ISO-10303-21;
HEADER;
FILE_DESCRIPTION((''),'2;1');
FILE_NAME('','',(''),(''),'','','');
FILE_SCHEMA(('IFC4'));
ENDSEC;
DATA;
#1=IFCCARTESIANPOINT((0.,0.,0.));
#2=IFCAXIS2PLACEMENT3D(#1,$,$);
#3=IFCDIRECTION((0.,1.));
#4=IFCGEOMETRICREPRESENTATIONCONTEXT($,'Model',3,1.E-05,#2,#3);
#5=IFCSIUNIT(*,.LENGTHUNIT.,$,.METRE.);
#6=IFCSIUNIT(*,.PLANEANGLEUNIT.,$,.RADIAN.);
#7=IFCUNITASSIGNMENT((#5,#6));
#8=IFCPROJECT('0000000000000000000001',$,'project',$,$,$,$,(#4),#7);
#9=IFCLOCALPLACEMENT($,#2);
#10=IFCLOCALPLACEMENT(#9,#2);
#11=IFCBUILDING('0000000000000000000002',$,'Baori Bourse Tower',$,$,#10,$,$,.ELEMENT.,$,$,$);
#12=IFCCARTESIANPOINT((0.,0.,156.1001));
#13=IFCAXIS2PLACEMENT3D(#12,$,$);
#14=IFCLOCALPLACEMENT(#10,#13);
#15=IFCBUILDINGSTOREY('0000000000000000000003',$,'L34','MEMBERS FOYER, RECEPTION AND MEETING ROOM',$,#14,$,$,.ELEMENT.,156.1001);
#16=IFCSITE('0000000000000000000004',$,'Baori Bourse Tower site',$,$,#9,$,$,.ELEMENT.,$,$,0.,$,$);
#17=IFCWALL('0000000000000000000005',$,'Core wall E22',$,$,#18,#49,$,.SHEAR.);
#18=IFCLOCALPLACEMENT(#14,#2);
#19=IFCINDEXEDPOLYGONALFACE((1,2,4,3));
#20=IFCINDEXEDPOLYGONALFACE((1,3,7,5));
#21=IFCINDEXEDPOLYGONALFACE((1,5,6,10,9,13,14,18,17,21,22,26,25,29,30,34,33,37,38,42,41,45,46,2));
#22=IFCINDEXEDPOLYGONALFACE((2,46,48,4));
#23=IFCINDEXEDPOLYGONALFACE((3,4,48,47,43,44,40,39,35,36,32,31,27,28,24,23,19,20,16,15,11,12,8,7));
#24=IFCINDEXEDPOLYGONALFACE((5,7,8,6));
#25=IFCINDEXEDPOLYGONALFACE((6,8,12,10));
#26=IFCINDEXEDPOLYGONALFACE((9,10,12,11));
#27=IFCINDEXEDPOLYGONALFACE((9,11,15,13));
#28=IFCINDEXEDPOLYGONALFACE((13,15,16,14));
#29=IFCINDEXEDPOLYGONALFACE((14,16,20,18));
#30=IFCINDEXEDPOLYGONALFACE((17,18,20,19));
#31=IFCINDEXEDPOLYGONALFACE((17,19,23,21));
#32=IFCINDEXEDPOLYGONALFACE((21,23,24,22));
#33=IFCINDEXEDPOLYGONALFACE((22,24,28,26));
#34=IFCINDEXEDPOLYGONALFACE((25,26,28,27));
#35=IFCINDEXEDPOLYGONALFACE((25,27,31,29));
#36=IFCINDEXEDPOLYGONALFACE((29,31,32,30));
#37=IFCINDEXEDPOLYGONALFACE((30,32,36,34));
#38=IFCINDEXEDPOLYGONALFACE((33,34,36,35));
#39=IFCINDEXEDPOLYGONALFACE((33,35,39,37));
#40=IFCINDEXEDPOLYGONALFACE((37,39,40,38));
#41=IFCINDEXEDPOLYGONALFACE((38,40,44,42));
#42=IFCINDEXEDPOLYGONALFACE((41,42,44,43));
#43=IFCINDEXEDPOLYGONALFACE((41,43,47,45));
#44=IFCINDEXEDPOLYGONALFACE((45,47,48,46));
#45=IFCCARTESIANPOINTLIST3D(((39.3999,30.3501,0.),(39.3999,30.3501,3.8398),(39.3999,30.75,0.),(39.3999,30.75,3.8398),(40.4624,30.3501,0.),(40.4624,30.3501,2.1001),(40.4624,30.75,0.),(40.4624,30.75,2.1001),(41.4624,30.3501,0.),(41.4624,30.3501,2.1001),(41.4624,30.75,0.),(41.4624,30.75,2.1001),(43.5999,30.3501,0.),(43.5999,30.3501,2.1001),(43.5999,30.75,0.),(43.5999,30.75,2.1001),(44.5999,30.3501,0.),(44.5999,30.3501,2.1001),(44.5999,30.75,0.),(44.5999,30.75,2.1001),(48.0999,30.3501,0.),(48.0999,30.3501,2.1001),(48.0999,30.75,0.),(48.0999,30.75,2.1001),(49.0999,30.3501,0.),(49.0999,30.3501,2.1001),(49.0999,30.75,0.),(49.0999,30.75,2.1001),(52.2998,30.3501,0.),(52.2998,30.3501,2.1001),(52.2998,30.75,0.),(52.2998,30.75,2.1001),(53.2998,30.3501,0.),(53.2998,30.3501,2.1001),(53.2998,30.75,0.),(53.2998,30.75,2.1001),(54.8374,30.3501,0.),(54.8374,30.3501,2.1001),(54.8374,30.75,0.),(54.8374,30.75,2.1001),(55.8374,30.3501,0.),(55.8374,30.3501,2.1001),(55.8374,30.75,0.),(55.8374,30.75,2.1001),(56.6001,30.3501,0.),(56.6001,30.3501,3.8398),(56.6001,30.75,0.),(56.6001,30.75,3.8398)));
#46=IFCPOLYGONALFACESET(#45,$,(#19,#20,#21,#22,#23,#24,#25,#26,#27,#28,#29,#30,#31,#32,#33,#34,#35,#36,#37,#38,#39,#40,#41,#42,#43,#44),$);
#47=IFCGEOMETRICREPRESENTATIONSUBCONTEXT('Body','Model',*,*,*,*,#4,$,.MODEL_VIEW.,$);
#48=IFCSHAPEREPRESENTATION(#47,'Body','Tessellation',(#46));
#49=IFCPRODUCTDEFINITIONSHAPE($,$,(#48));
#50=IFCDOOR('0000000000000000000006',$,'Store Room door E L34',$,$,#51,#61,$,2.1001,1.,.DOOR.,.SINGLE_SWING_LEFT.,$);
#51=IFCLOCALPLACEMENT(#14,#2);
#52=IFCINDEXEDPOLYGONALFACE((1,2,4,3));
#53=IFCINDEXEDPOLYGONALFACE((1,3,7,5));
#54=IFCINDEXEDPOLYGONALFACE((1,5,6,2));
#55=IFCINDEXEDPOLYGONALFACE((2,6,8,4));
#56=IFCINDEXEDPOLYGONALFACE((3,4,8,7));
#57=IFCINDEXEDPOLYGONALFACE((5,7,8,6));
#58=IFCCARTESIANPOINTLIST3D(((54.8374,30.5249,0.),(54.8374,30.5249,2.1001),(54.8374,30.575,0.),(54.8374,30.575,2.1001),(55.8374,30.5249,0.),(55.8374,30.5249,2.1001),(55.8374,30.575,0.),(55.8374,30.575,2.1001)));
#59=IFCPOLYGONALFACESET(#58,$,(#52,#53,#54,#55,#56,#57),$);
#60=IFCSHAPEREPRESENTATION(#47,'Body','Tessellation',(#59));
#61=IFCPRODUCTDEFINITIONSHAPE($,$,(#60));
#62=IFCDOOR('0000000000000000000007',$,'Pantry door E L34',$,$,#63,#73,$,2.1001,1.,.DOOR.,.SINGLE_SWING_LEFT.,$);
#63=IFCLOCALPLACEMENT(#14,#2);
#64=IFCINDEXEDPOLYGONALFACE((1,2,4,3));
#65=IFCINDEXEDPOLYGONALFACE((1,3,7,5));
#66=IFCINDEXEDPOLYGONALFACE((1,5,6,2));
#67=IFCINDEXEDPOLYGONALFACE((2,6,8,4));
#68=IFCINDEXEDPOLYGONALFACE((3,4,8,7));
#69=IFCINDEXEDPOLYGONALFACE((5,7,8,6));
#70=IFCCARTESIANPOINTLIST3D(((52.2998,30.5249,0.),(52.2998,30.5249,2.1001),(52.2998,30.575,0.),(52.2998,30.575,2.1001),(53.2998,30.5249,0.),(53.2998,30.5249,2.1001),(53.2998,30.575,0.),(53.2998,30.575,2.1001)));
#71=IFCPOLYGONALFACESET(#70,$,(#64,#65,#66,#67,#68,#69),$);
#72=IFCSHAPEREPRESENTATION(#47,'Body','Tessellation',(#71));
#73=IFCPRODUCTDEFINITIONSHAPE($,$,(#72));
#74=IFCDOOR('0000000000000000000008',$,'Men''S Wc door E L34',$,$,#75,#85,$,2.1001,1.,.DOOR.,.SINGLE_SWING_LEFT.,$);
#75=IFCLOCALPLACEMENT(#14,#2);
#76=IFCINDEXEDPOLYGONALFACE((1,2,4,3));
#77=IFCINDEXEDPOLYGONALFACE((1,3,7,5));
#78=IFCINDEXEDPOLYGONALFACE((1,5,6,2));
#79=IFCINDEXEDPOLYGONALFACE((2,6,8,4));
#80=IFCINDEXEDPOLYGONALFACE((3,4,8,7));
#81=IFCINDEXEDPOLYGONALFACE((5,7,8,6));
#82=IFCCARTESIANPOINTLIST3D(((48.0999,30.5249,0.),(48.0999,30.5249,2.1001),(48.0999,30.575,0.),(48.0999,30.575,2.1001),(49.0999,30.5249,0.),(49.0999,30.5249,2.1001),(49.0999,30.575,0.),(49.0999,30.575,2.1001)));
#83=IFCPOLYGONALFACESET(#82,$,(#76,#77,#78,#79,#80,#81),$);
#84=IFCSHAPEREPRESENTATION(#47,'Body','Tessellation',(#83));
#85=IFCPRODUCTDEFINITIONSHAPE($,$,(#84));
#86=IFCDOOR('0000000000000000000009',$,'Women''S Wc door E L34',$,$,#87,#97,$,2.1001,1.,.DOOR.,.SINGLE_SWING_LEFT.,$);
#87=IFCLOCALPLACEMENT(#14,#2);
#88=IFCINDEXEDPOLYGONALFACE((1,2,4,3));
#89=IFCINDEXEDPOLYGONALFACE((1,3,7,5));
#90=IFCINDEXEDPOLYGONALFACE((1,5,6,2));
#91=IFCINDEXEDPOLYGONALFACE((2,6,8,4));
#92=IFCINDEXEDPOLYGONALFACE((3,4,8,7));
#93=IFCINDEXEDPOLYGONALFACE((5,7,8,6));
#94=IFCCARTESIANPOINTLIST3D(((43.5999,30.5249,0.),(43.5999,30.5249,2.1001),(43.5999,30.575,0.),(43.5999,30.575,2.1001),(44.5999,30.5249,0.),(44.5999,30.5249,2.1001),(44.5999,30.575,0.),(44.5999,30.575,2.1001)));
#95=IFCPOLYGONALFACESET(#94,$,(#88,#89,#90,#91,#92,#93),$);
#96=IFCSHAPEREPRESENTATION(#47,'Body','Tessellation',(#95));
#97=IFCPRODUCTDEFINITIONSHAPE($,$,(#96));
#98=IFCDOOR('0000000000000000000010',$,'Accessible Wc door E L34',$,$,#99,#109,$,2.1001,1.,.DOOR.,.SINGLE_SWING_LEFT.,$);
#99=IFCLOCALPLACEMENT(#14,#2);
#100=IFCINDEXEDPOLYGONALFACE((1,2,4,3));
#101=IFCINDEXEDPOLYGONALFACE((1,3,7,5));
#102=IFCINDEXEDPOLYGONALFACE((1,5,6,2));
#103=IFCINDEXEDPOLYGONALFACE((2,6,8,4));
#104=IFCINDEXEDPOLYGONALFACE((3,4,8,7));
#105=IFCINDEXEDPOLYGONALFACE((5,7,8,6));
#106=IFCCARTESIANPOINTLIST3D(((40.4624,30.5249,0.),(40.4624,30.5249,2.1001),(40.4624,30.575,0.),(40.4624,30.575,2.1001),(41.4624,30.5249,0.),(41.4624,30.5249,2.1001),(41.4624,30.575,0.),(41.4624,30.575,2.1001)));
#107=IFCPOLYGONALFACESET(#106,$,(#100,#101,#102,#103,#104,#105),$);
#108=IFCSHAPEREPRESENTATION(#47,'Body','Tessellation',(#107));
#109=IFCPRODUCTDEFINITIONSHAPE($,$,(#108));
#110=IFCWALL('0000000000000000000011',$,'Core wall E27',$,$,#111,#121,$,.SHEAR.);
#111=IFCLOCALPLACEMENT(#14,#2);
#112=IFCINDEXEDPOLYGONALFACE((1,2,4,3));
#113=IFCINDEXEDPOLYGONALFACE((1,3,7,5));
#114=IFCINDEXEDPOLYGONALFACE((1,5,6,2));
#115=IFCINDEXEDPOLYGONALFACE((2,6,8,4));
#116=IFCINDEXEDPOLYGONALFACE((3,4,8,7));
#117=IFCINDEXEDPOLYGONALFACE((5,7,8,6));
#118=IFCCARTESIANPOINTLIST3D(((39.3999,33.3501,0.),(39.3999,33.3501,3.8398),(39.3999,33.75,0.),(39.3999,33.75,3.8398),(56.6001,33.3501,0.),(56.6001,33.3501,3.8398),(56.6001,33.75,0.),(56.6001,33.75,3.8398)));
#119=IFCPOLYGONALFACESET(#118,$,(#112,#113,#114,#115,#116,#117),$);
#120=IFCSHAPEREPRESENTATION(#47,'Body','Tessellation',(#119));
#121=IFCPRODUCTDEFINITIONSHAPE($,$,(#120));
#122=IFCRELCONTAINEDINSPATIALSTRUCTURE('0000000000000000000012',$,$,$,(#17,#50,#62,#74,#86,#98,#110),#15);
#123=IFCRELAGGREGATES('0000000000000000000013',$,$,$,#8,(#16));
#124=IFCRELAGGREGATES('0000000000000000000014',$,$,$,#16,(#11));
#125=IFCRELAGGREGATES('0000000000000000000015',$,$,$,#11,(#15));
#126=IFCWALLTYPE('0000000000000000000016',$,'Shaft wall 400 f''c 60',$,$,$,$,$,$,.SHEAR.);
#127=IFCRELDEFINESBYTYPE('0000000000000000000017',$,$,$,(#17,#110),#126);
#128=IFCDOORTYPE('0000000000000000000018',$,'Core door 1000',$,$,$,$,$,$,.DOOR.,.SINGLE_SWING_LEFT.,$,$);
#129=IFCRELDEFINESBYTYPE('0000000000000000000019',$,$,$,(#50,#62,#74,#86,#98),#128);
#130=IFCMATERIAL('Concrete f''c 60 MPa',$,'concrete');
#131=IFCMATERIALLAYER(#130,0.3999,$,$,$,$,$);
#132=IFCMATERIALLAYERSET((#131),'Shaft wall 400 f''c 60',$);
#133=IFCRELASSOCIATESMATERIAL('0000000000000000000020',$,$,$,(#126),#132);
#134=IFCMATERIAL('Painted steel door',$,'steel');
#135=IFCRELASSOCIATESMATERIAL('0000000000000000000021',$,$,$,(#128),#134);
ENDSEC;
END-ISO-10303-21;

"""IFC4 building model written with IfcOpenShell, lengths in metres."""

from ifc_helpers import new_model, si_unit, direction, frame, frame_2d, origin, place, context, subcontext, project, spatial, rectangle, extrude, material, layer, layer_set, type_object, element, fill, save


model = new_model("IFC4")

# Units and contexts
model_context = context("Model", 3, precision=1e-05, world=origin(), true_north=direction((0.0, 1.0)))
body_context = subcontext(model_context, "Body", "Model", "MODEL_VIEW")
ifc_project = project(units=[si_unit("LENGTHUNIT", "METRE"), si_unit("PLANEANGLEUNIT", "RADIAN")], contexts=[model_context])

# Site, building, storey
site_placement = place(None, origin())
site = spatial("IfcSite", under=ifc_project, at=site_placement, Name="Baori Bourse Tower site", CompositionType="ELEMENT", RefElevation=0.0)
building_placement = place(site_placement, origin())
building = spatial("IfcBuilding", under=site, at=building_placement, Name="Baori Bourse Tower", CompositionType="ELEMENT")
storey_placement = place(building_placement, frame((0.0, 0.0, 156.1001)))
storey = spatial("IfcBuildingStorey", under=building, at=storey_placement, Name="L34", Description="MEMBERS FOYER, RECEPTION AND MEETING ROOM", CompositionType="ELEMENT", Elevation=156.1001)

# Wall, openings, doors
ifc_material_1 = material(Name="Concrete f'c 60 MPa", Category="concrete")
ifc_layer_1 = layer(ifc_material_1, 0.3999)
ifc_layer_set_1 = layer_set([ifc_layer_1], Name="Shaft wall 400 f'c 60")
wall_type_1 = type_object("IfcWallType", Name="Shaft wall 400 f'c 60", PredefinedType="SHEAR", material=ifc_layer_set_1)
wall_1_placement = place(storey_placement, frame((39.3999, 30.55, 0.0), z_axis=(0.0, 0.0, 1.0), x_axis=(1.0, 0.0, 0.0)))
wall_1 = element("IfcWall", 1, at=wall_1_placement, inside=storey, type_object=wall_type_1, Name="Core wall E22", PredefinedType="SHEAR", context=body_context, shape_type="SweptSolid", body=[
    extrude(rectangle(XDim=17.2002, YDim=0.3999, at=frame_2d((8.6001, 0.0))), origin(), (0.0, 0.0, 1.0), 3.8398),
])
opening_1_placement = place(wall_1_placement, frame((15.4375, 0.0, 0.0)))
opening_1 = element("IfcOpeningElement", 2, at=opening_1_placement, cuts=wall_1, PredefinedType="OPENING", context=body_context, shape_type="SweptSolid", body=[
    extrude(rectangle(XDim=1.0, YDim=2.1001, at=frame_2d((0.5, 1.05))), frame((0.0, 0.21, 0.0), z_axis=(0.0, -1.0, 0.0), x_axis=(1.0, 0.0, 0.0)), (0.0, 0.0, 1.0), 0.4199),
])
opening_2_placement = place(wall_1_placement, frame((12.8999, 0.0, 0.0)))
opening_2 = element("IfcOpeningElement", 3, at=opening_2_placement, cuts=wall_1, PredefinedType="OPENING", context=body_context, shape_type="SweptSolid", body=[
    extrude(rectangle(XDim=1.0, YDim=2.1001, at=frame_2d((0.5, 1.05))), frame((0.0, 0.21, 0.0), z_axis=(0.0, -1.0, 0.0), x_axis=(1.0, 0.0, 0.0)), (0.0, 0.0, 1.0), 0.4199),
])
opening_3_placement = place(wall_1_placement, frame((8.7, 0.0, 0.0)))
opening_3 = element("IfcOpeningElement", 4, at=opening_3_placement, cuts=wall_1, PredefinedType="OPENING", context=body_context, shape_type="SweptSolid", body=[
    extrude(rectangle(XDim=1.0, YDim=2.1001, at=frame_2d((0.5, 1.05))), frame((0.0, 0.21, 0.0), z_axis=(0.0, -1.0, 0.0), x_axis=(1.0, 0.0, 0.0)), (0.0, 0.0, 1.0), 0.4199),
])
opening_4_placement = place(wall_1_placement, frame((4.2, 0.0, 0.0)))
opening_4 = element("IfcOpeningElement", 5, at=opening_4_placement, cuts=wall_1, PredefinedType="OPENING", context=body_context, shape_type="SweptSolid", body=[
    extrude(rectangle(XDim=1.0, YDim=2.1001, at=frame_2d((0.5, 1.05))), frame((0.0, 0.21, 0.0), z_axis=(0.0, -1.0, 0.0), x_axis=(1.0, 0.0, 0.0)), (0.0, 0.0, 1.0), 0.4199),
])
opening_5_placement = place(wall_1_placement, frame((1.0625, 0.0, 0.0)))
opening_5 = element("IfcOpeningElement", 6, at=opening_5_placement, cuts=wall_1, PredefinedType="OPENING", context=body_context, shape_type="SweptSolid", body=[
    extrude(rectangle(XDim=1.0, YDim=2.1001, at=frame_2d((0.5, 1.05))), frame((0.0, 0.21, 0.0), z_axis=(0.0, -1.0, 0.0), x_axis=(1.0, 0.0, 0.0)), (0.0, 0.0, 1.0), 0.4199),
])
ifc_material_2 = material(Name="Painted steel door", Category="steel")
door_type_1 = type_object("IfcDoorType", Name="Core door 1000", OperationType="SINGLE_SWING_LEFT", PredefinedType="DOOR", material=ifc_material_2)
door_1_placement = place(opening_1_placement, origin())
door_1 = element("IfcDoor", 7, at=door_1_placement, inside=storey, type_object=door_type_1, Name="Store Room door E L34", OperationType="SINGLE_SWING_LEFT", OverallHeight=2.1001, OverallWidth=1.0, PredefinedType="DOOR", context=body_context, shape_type="SweptSolid", body=[
    extrude(rectangle(XDim=1.0, YDim=2.1001, at=frame_2d((0.5, 1.05))), frame((0.0, 0.0249, 0.0), z_axis=(0.0, -1.0, 0.0), x_axis=(1.0, 0.0, 0.0)), (0.0, 0.0, 1.0), 0.05),
])
fill(opening_1, door_1)
door_2_placement = place(opening_2_placement, origin())
door_2 = element("IfcDoor", 8, at=door_2_placement, inside=storey, type_object=door_type_1, Name="Pantry door E L34", OperationType="SINGLE_SWING_LEFT", OverallHeight=2.1001, OverallWidth=1.0, PredefinedType="DOOR", context=body_context, shape_type="SweptSolid", body=[
    extrude(rectangle(XDim=1.0, YDim=2.1001, at=frame_2d((0.5, 1.05))), frame((0.0, 0.0249, 0.0), z_axis=(0.0, -1.0, 0.0), x_axis=(1.0, 0.0, 0.0)), (0.0, 0.0, 1.0), 0.05),
])
fill(opening_2, door_2)
door_3_placement = place(opening_3_placement, origin())
door_3 = element("IfcDoor", 9, at=door_3_placement, inside=storey, type_object=door_type_1, Name="Men'S Wc door E L34", OperationType="SINGLE_SWING_LEFT", OverallHeight=2.1001, OverallWidth=1.0, PredefinedType="DOOR", context=body_context, shape_type="SweptSolid", body=[
    extrude(rectangle(XDim=1.0, YDim=2.1001, at=frame_2d((0.5, 1.05))), frame((0.0, 0.0249, 0.0), z_axis=(0.0, -1.0, 0.0), x_axis=(1.0, 0.0, 0.0)), (0.0, 0.0, 1.0), 0.05),
])
fill(opening_3, door_3)
door_4_placement = place(opening_4_placement, origin())
door_4 = element("IfcDoor", 10, at=door_4_placement, inside=storey, type_object=door_type_1, Name="Women'S Wc door E L34", OperationType="SINGLE_SWING_LEFT", OverallHeight=2.1001, OverallWidth=1.0, PredefinedType="DOOR", context=body_context, shape_type="SweptSolid", body=[
    extrude(rectangle(XDim=1.0, YDim=2.1001, at=frame_2d((0.5, 1.05))), frame((0.0, 0.0249, 0.0), z_axis=(0.0, -1.0, 0.0), x_axis=(1.0, 0.0, 0.0)), (0.0, 0.0, 1.0), 0.05),
])
fill(opening_4, door_4)
door_5_placement = place(opening_5_placement, origin())
door_5 = element("IfcDoor", 11, at=door_5_placement, inside=storey, type_object=door_type_1, Name="Accessible Wc door E L34", OperationType="SINGLE_SWING_LEFT", OverallHeight=2.1001, OverallWidth=1.0, PredefinedType="DOOR", context=body_context, shape_type="SweptSolid", body=[
    extrude(rectangle(XDim=1.0, YDim=2.1001, at=frame_2d((0.5, 1.05))), frame((0.0, 0.0249, 0.0), z_axis=(0.0, -1.0, 0.0), x_axis=(1.0, 0.0, 0.0)), (0.0, 0.0, 1.0), 0.05),
])
fill(opening_5, door_5)

# Wall
wall_2_placement = place(storey_placement, frame((39.3999, 33.55, 0.0), z_axis=(0.0, 0.0, 1.0), x_axis=(1.0, 0.0, 0.0)))
element("IfcWall", 12, at=wall_2_placement, inside=storey, type_object=wall_type_1, Name="Core wall E27", PredefinedType="SHEAR", context=body_context, shape_type="SweptSolid", body=[
    extrude(rectangle(XDim=17.2002, YDim=0.3999, at=frame_2d((8.6001, 0.0))), origin(), (0.0, 0.0, 1.0), 3.8398),
])

save(model, "model.ifc")
